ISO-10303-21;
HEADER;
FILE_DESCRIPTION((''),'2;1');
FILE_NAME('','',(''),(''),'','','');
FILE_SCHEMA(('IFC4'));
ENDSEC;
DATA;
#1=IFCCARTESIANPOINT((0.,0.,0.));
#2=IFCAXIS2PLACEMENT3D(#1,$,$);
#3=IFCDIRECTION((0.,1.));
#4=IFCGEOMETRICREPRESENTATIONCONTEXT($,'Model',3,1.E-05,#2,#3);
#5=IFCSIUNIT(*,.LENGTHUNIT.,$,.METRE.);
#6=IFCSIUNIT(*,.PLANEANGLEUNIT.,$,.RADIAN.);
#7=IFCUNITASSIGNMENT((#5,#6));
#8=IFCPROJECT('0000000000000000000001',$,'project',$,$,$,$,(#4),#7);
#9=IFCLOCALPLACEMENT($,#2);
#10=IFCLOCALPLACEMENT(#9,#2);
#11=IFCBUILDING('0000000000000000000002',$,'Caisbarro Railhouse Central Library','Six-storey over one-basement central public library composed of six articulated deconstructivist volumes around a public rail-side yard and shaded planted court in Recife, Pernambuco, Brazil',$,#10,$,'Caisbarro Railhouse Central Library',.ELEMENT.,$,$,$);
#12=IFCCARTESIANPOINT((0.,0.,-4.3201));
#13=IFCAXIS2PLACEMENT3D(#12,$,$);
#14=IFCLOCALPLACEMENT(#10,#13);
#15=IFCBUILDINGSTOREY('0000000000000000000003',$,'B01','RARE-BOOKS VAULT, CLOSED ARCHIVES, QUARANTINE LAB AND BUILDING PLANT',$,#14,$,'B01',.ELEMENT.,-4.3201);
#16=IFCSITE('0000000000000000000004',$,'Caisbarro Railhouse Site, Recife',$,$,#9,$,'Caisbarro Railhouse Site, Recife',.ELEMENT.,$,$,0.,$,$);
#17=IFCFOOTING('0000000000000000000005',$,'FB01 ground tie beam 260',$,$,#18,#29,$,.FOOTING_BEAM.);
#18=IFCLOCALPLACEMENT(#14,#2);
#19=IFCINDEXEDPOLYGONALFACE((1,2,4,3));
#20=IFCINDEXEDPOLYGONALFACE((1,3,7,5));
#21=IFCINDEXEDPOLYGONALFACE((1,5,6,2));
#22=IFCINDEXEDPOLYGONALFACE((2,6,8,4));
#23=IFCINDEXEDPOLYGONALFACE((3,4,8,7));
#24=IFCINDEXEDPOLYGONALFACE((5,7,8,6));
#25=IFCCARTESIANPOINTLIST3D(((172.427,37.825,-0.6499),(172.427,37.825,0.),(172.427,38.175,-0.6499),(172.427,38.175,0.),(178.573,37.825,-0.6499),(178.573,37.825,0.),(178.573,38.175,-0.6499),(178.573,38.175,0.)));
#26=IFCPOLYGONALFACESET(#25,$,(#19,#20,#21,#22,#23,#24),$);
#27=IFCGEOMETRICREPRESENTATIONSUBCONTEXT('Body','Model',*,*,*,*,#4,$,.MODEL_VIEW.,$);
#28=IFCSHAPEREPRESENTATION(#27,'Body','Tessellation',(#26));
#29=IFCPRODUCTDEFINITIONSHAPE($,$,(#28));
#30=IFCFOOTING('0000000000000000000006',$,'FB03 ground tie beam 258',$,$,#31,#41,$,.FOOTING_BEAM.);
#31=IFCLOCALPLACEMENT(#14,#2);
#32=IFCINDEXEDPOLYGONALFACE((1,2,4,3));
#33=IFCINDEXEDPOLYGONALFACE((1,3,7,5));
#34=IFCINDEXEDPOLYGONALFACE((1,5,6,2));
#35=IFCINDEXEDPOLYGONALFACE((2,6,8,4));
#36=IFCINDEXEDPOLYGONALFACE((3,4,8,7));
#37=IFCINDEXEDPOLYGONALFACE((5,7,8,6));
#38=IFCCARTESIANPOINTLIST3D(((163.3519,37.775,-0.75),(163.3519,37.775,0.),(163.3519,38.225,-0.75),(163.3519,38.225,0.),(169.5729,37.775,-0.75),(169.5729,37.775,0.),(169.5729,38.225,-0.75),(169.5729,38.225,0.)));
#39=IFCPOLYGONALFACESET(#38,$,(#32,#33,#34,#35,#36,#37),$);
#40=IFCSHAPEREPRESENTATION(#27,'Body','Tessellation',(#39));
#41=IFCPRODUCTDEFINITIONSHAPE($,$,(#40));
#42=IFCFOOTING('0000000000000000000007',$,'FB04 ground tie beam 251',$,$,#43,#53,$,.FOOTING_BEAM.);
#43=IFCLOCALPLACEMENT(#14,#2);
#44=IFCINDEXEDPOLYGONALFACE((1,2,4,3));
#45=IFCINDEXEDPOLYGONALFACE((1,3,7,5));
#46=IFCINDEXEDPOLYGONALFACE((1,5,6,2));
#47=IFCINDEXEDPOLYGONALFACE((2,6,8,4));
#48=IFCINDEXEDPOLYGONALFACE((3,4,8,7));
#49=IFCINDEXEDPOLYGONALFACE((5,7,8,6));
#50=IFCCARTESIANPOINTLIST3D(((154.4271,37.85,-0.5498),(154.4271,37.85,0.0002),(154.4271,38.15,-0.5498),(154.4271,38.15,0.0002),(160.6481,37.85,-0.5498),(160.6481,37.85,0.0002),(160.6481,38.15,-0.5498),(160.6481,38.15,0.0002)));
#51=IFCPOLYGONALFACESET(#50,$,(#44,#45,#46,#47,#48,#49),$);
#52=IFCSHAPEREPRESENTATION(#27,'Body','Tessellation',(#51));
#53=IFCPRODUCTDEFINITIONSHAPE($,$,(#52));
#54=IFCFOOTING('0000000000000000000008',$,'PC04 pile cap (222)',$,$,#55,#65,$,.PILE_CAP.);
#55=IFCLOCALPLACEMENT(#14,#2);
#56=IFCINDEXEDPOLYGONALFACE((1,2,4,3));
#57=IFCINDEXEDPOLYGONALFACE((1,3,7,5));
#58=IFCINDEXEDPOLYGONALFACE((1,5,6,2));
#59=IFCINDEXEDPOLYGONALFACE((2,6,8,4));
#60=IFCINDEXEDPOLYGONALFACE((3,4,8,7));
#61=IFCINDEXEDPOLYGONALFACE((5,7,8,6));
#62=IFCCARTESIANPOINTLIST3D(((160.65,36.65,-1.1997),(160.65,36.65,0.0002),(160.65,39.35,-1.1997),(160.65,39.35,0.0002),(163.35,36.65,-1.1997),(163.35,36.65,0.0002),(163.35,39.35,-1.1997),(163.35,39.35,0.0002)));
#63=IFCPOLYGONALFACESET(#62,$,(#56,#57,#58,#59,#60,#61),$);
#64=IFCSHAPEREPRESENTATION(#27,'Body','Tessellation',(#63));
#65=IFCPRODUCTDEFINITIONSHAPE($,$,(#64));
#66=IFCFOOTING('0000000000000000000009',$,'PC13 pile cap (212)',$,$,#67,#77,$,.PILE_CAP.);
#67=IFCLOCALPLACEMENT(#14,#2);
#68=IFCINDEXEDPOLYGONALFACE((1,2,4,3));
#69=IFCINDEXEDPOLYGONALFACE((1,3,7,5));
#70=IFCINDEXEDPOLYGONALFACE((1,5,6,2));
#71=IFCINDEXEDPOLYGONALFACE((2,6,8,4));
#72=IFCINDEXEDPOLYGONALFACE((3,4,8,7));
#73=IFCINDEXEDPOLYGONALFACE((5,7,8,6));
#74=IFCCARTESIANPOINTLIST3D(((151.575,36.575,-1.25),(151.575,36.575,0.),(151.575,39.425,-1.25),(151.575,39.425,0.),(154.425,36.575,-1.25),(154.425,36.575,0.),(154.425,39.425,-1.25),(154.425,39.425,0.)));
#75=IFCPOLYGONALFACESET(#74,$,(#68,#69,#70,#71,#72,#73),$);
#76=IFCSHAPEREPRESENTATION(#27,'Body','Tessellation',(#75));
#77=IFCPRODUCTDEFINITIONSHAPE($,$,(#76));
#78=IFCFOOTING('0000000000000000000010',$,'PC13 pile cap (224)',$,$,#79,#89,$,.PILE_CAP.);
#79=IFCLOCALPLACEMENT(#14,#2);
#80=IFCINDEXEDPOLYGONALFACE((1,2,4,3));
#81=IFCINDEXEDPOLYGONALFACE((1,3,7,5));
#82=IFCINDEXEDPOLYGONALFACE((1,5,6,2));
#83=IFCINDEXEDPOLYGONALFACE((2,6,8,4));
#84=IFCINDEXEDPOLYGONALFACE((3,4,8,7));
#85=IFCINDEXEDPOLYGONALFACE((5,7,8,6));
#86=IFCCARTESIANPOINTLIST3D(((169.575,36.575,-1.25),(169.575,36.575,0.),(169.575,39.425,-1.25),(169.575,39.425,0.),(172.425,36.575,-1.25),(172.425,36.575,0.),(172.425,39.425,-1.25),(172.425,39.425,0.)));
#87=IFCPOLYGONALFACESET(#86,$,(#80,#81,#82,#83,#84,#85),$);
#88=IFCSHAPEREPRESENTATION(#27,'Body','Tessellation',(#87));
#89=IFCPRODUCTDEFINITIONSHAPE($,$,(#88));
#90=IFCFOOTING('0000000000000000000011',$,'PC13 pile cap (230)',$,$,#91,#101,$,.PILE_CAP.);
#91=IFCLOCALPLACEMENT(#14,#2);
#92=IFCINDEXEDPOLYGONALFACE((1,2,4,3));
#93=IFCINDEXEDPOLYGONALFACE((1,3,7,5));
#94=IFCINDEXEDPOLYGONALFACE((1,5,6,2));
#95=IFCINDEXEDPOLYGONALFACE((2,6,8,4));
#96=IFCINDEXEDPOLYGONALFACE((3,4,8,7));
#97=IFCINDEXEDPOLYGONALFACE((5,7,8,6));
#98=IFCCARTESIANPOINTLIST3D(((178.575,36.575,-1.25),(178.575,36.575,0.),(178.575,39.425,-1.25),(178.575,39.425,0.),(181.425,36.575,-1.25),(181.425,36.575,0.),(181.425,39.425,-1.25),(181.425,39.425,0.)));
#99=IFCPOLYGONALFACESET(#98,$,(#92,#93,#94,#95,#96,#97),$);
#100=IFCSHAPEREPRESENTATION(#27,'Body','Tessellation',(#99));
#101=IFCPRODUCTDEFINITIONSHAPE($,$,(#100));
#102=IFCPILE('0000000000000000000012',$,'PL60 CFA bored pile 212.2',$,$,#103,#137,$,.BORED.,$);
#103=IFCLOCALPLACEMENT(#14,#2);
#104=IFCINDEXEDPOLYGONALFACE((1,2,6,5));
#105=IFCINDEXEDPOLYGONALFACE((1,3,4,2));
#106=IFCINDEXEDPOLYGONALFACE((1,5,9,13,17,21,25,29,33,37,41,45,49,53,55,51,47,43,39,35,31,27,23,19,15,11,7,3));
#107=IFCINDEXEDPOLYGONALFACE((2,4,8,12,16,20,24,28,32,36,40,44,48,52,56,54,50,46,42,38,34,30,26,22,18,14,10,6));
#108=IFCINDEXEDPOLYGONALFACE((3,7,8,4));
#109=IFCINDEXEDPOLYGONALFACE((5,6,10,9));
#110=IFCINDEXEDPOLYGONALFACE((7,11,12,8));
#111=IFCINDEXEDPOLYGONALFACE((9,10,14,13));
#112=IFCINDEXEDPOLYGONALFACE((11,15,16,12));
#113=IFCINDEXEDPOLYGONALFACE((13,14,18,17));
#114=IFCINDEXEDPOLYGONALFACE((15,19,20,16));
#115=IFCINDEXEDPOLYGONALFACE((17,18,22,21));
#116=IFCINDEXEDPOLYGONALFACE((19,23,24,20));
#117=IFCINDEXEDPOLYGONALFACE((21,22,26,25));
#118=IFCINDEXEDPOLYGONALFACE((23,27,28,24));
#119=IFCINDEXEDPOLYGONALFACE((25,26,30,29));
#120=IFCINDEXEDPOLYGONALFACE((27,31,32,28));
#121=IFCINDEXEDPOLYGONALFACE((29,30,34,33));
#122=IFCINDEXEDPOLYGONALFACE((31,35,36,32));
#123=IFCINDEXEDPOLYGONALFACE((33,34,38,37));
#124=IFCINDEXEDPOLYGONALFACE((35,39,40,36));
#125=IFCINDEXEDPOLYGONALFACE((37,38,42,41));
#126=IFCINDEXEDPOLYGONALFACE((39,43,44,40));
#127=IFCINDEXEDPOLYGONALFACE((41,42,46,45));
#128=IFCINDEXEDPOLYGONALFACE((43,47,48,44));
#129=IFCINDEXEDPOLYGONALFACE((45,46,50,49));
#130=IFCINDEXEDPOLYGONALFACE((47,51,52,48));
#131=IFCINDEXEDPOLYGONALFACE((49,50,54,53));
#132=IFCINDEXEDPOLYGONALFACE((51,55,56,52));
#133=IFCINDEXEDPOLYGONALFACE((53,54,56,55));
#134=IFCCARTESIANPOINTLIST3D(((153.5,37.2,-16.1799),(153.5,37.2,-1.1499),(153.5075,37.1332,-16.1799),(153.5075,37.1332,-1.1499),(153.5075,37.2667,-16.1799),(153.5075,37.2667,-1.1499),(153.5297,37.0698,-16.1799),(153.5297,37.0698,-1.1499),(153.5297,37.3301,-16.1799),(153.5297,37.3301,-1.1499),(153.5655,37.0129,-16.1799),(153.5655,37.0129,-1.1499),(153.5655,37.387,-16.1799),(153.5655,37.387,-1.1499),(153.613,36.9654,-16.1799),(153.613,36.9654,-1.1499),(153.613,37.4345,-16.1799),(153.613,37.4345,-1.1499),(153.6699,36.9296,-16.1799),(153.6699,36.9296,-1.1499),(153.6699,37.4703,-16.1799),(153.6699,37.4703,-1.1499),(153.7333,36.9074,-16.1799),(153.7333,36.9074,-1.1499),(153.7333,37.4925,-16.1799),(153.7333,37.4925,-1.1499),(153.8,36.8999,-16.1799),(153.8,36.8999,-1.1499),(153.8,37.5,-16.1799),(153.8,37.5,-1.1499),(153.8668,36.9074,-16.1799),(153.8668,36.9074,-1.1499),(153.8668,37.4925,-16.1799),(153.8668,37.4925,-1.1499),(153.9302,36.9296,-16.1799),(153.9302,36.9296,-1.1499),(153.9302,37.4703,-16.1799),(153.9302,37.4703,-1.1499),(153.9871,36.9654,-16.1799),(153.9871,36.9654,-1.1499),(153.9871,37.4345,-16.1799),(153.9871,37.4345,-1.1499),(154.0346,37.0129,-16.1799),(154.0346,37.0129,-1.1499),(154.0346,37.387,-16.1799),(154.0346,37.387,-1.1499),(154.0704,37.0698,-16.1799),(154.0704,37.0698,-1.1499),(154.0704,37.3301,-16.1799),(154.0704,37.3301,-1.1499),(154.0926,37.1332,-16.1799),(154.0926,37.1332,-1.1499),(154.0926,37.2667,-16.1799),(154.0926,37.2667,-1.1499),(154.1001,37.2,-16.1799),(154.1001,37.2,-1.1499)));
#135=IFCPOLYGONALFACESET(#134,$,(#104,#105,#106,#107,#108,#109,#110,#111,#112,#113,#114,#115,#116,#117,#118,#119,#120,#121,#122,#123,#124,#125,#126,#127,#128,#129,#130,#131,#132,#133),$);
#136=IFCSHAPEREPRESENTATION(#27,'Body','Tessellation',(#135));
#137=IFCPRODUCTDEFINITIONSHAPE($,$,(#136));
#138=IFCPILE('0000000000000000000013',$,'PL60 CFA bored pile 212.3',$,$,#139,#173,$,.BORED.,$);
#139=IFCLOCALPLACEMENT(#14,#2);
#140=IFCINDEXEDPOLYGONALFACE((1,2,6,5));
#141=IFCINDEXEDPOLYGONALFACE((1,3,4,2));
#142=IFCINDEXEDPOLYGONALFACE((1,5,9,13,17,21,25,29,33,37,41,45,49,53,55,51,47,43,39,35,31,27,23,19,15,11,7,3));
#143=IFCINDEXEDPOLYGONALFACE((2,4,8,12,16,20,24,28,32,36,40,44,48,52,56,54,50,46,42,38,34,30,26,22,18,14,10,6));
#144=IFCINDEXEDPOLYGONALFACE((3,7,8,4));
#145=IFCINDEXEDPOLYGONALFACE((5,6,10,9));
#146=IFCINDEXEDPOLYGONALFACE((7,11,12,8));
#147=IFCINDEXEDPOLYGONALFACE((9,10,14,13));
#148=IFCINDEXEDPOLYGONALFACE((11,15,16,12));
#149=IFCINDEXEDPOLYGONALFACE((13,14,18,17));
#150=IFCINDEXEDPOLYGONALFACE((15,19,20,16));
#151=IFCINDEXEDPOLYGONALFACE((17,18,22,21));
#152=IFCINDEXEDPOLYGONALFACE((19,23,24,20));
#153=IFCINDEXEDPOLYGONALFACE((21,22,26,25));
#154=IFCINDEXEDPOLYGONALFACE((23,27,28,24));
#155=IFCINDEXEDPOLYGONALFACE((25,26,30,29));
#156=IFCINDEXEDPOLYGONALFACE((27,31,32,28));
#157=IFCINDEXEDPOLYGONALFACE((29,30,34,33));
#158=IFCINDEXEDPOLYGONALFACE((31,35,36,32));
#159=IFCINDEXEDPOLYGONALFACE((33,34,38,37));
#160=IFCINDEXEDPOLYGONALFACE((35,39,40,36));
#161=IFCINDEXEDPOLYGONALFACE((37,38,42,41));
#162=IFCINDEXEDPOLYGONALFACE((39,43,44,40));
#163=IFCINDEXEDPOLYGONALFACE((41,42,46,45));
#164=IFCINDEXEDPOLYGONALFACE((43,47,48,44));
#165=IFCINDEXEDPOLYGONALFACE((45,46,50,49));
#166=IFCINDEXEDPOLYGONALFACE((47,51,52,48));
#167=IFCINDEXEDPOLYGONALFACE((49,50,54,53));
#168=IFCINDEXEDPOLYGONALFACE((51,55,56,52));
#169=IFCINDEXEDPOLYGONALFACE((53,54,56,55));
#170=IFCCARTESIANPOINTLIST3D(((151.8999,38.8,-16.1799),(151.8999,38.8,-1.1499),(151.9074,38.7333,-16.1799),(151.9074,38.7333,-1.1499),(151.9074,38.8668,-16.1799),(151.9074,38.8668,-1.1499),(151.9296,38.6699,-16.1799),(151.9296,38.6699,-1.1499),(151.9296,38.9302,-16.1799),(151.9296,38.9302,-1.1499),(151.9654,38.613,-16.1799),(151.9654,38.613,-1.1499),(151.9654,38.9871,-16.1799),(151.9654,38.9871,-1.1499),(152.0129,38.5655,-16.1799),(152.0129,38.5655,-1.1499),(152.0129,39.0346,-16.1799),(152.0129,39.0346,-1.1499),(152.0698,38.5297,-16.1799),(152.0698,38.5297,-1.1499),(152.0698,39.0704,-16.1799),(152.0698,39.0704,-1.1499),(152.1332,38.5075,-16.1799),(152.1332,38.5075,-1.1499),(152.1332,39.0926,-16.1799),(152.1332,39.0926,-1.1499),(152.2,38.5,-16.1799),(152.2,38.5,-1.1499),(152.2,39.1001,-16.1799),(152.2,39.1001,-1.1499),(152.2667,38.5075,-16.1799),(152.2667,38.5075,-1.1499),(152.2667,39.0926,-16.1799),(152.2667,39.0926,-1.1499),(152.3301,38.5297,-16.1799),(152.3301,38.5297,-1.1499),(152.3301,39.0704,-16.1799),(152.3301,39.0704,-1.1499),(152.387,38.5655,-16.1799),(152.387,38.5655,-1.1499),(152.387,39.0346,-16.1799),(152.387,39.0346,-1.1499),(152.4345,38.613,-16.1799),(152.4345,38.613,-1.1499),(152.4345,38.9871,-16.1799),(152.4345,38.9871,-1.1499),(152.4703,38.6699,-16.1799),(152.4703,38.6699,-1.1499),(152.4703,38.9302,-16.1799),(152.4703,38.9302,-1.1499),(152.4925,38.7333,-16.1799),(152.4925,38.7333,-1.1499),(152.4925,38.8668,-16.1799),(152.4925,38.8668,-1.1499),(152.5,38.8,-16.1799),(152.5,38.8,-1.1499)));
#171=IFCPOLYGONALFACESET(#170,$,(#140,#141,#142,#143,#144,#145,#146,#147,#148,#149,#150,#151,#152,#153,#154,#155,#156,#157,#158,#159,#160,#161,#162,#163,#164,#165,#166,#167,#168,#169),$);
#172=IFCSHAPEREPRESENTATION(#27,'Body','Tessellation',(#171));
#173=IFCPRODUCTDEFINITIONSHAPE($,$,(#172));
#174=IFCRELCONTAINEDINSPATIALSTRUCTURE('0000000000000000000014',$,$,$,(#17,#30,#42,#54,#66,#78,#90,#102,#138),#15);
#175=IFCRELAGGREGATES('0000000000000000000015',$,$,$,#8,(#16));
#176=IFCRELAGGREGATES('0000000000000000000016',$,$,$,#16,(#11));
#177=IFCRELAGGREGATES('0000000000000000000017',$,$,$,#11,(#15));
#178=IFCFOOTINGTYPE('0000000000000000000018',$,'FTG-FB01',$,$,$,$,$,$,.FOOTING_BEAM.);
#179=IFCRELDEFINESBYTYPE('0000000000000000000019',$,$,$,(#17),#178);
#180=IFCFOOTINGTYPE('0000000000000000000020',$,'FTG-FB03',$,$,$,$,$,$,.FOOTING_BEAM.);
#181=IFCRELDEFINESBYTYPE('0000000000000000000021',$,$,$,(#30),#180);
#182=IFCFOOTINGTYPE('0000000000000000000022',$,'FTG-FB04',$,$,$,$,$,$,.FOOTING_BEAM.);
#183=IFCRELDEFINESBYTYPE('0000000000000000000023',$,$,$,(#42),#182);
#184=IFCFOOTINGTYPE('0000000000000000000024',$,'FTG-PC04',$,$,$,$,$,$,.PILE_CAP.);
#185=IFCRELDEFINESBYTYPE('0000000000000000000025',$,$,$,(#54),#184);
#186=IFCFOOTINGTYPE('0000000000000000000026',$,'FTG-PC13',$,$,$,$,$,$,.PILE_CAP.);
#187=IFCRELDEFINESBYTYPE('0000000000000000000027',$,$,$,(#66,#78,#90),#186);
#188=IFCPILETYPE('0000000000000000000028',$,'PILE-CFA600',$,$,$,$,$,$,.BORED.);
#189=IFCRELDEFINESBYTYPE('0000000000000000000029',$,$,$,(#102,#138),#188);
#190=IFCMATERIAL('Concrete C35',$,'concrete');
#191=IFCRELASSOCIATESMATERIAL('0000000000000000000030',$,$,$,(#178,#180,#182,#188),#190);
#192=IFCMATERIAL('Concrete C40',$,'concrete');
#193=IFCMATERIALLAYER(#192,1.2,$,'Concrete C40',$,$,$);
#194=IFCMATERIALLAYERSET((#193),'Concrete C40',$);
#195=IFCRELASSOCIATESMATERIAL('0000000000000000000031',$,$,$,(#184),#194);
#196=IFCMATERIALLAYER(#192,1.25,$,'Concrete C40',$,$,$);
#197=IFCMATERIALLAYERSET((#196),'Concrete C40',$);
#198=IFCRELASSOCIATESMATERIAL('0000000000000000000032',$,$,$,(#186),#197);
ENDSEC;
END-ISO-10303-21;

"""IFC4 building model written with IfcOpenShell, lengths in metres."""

from ifc_helpers import new_model, si_unit, direction, frame, origin, origin_2d, place, context, subcontext, project, spatial, rectangle, circle, extrude, material, layer, layer_set, material_profile, profile_set, type_object, element, save


model = new_model("IFC4")

# Units and contexts
model_context = context("Model", 3, precision=1e-05, world=origin(), true_north=direction((0.0, 1.0)))
body_context = subcontext(model_context, "Body", "Model", "MODEL_VIEW")
ifc_project = project(units=[si_unit("LENGTHUNIT", "METRE"), si_unit("PLANEANGLEUNIT", "RADIAN")], contexts=[model_context])

# Site, building, storey
site_placement = place(None, origin())
site = spatial("IfcSite", under=ifc_project, at=site_placement, Name="Caisbarro Railhouse Site, Recife", LongName="Caisbarro Railhouse Site, Recife", CompositionType="ELEMENT", RefElevation=0.0)
building_placement = place(site_placement, origin())
building = spatial("IfcBuilding", under=site, at=building_placement, Name="Caisbarro Railhouse Central Library", Description="Six-storey over one-basement central public library composed of six articulated deconstructivist volumes around a public rail-side yard and shaded planted court in Recife, Pernambuco, Brazil", LongName="Caisbarro Railhouse Central Library", CompositionType="ELEMENT")
storey_placement = place(building_placement, frame((0.0, 0.0, -4.3201)))
storey = spatial("IfcBuildingStorey", under=building, at=storey_placement, Name="B01", Description="RARE-BOOKS VAULT, CLOSED ARCHIVES, QUARANTINE LAB AND BUILDING PLANT", LongName="B01", CompositionType="ELEMENT", Elevation=-4.3201)

# Footings
ifc_material_1 = material(Name="Concrete C35", Category="concrete")
footing_type_1 = type_object("IfcFootingType", Name="FTG-FB01", PredefinedType="FOOTING_BEAM", material=ifc_material_1)
footing_1_placement = place(storey_placement, frame((175.5, 38.0, -0.6499), z_axis=(0.0, 0.0, 1.0), x_axis=(1.0, 0.0, 0.0)))
element("IfcFooting", 1, at=footing_1_placement, inside=storey, type_object=footing_type_1, Name="FB01 ground tie beam 260", PredefinedType="FOOTING_BEAM", context=body_context, shape_type="SweptSolid", body=[
    extrude(rectangle(XDim=6.146, YDim=0.3501, at=origin_2d()), origin(), (0.0, 0.0, 1.0), 0.6499),
])
footing_type_2 = type_object("IfcFootingType", Name="FTG-FB03", PredefinedType="FOOTING_BEAM", material=ifc_material_1)
footing_2_placement = place(storey_placement, frame((166.4624, 38.0, -0.75), z_axis=(0.0, 0.0, 1.0), x_axis=(1.0, 0.0, 0.0)))
element("IfcFooting", 2, at=footing_2_placement, inside=storey, type_object=footing_type_2, Name="FB03 ground tie beam 258", PredefinedType="FOOTING_BEAM", context=body_context, shape_type="SweptSolid", body=[
    extrude(rectangle(XDim=6.2209, YDim=0.45, at=origin_2d()), origin(), (0.0, 0.0, 1.0), 0.75),
])
footing_type_3 = type_object("IfcFootingType", Name="FTG-FB04", PredefinedType="FOOTING_BEAM", material=ifc_material_1)
footing_3_placement = place(storey_placement, frame((157.5376, 38.0, -0.5498), z_axis=(0.0, 0.0, 1.0), x_axis=(1.0, 0.0, 0.0)))
element("IfcFooting", 3, at=footing_3_placement, inside=storey, type_object=footing_type_3, Name="FB04 ground tie beam 251", PredefinedType="FOOTING_BEAM", context=body_context, shape_type="SweptSolid", body=[
    extrude(rectangle(XDim=6.2209, YDim=0.3, at=origin_2d()), origin(), (0.0, 0.0, 1.0), 0.55),
])
ifc_material_2 = material(Name="Concrete C40", Category="concrete")
ifc_layer_1 = layer(ifc_material_2, 1.2, Name="Concrete C40")
ifc_layer_set_1 = layer_set([ifc_layer_1], Name="Concrete C40")
footing_type_4 = type_object("IfcFootingType", Name="FTG-PC04", PredefinedType="PILE_CAP", material=ifc_layer_set_1)
footing_4_placement = place(storey_placement, frame((162.0, 38.0, -1.1997), z_axis=(0.0, 0.0, 1.0), x_axis=(1.0, 0.0, 0.0)))
element("IfcFooting", 4, at=footing_4_placement, inside=storey, type_object=footing_type_4, Name="PC04 pile cap (222)", PredefinedType="PILE_CAP", context=body_context, shape_type="SweptSolid", body=[
    extrude(rectangle(XDim=2.7, YDim=2.7, at=origin_2d()), origin(), (0.0, 0.0, 1.0), 1.2),
])
ifc_layer_2 = layer(ifc_material_2, 1.25, Name="Concrete C40")
ifc_layer_set_2 = layer_set([ifc_layer_2], Name="Concrete C40")
footing_type_5 = type_object("IfcFootingType", Name="FTG-PC13", PredefinedType="PILE_CAP", material=ifc_layer_set_2)
for number, where, z_axis, x_axis, name in (
    (5, (153.0, 38.0, -1.25), (0.0, 0.0, 1.0), (1.0, 0.0, 0.0), "PC13 pile cap (212)"),
    (6, (171.0, 38.0, -1.25), (0.0, 0.0, 1.0), (1.0, 0.0, 0.0), "PC13 pile cap (224)"),
    (7, (180.0, 38.0, -1.25), (0.0, 0.0, 1.0), (1.0, 0.0, 0.0), "PC13 pile cap (230)"),
):
    element("IfcFooting", number, at=place(storey_placement, frame(where, z_axis=z_axis, x_axis=x_axis)), inside=storey, type_object=footing_type_5, Name=name, PredefinedType="PILE_CAP", context=body_context, shape_type="SweptSolid", body=[
        extrude(rectangle(XDim=2.8501, YDim=2.8501, at=origin_2d()), origin(), (0.0, 0.0, 1.0), 1.25),
    ])

# Piles
ifc_material_profile_1 = material_profile(ifc_material_1, circle(Radius=0.3, at=origin_2d()), Name="PILE-CFA-600")
ifc_profile_set_1 = profile_set([ifc_material_profile_1], Name="Concrete C35")
pile_type = type_object("IfcPileType", Name="PILE-CFA600", PredefinedType="BORED", material=ifc_profile_set_1)
for number, where, z_axis, x_axis, name in (
    (8, (153.8, 37.2, -1.1499), (0.0, 0.0, -1.0), (1.0, 0.0, 0.0), "PL60 CFA bored pile 212.2"),
    (9, (152.2, 38.8, -1.1499), (0.0, 0.0, -1.0), (1.0, 0.0, 0.0), "PL60 CFA bored pile 212.3"),
):
    element("IfcPile", number, at=place(storey_placement, frame(where, z_axis=z_axis, x_axis=x_axis)), inside=storey, type_object=pile_type, Name=name, PredefinedType="BORED", context=body_context, shape_type="SweptSolid", body=[
        extrude(circle(Radius=0.3, at=origin_2d()), origin(), (0.0, 0.0, 1.0), 15.03),
    ])

save(model, "model.ifc")
